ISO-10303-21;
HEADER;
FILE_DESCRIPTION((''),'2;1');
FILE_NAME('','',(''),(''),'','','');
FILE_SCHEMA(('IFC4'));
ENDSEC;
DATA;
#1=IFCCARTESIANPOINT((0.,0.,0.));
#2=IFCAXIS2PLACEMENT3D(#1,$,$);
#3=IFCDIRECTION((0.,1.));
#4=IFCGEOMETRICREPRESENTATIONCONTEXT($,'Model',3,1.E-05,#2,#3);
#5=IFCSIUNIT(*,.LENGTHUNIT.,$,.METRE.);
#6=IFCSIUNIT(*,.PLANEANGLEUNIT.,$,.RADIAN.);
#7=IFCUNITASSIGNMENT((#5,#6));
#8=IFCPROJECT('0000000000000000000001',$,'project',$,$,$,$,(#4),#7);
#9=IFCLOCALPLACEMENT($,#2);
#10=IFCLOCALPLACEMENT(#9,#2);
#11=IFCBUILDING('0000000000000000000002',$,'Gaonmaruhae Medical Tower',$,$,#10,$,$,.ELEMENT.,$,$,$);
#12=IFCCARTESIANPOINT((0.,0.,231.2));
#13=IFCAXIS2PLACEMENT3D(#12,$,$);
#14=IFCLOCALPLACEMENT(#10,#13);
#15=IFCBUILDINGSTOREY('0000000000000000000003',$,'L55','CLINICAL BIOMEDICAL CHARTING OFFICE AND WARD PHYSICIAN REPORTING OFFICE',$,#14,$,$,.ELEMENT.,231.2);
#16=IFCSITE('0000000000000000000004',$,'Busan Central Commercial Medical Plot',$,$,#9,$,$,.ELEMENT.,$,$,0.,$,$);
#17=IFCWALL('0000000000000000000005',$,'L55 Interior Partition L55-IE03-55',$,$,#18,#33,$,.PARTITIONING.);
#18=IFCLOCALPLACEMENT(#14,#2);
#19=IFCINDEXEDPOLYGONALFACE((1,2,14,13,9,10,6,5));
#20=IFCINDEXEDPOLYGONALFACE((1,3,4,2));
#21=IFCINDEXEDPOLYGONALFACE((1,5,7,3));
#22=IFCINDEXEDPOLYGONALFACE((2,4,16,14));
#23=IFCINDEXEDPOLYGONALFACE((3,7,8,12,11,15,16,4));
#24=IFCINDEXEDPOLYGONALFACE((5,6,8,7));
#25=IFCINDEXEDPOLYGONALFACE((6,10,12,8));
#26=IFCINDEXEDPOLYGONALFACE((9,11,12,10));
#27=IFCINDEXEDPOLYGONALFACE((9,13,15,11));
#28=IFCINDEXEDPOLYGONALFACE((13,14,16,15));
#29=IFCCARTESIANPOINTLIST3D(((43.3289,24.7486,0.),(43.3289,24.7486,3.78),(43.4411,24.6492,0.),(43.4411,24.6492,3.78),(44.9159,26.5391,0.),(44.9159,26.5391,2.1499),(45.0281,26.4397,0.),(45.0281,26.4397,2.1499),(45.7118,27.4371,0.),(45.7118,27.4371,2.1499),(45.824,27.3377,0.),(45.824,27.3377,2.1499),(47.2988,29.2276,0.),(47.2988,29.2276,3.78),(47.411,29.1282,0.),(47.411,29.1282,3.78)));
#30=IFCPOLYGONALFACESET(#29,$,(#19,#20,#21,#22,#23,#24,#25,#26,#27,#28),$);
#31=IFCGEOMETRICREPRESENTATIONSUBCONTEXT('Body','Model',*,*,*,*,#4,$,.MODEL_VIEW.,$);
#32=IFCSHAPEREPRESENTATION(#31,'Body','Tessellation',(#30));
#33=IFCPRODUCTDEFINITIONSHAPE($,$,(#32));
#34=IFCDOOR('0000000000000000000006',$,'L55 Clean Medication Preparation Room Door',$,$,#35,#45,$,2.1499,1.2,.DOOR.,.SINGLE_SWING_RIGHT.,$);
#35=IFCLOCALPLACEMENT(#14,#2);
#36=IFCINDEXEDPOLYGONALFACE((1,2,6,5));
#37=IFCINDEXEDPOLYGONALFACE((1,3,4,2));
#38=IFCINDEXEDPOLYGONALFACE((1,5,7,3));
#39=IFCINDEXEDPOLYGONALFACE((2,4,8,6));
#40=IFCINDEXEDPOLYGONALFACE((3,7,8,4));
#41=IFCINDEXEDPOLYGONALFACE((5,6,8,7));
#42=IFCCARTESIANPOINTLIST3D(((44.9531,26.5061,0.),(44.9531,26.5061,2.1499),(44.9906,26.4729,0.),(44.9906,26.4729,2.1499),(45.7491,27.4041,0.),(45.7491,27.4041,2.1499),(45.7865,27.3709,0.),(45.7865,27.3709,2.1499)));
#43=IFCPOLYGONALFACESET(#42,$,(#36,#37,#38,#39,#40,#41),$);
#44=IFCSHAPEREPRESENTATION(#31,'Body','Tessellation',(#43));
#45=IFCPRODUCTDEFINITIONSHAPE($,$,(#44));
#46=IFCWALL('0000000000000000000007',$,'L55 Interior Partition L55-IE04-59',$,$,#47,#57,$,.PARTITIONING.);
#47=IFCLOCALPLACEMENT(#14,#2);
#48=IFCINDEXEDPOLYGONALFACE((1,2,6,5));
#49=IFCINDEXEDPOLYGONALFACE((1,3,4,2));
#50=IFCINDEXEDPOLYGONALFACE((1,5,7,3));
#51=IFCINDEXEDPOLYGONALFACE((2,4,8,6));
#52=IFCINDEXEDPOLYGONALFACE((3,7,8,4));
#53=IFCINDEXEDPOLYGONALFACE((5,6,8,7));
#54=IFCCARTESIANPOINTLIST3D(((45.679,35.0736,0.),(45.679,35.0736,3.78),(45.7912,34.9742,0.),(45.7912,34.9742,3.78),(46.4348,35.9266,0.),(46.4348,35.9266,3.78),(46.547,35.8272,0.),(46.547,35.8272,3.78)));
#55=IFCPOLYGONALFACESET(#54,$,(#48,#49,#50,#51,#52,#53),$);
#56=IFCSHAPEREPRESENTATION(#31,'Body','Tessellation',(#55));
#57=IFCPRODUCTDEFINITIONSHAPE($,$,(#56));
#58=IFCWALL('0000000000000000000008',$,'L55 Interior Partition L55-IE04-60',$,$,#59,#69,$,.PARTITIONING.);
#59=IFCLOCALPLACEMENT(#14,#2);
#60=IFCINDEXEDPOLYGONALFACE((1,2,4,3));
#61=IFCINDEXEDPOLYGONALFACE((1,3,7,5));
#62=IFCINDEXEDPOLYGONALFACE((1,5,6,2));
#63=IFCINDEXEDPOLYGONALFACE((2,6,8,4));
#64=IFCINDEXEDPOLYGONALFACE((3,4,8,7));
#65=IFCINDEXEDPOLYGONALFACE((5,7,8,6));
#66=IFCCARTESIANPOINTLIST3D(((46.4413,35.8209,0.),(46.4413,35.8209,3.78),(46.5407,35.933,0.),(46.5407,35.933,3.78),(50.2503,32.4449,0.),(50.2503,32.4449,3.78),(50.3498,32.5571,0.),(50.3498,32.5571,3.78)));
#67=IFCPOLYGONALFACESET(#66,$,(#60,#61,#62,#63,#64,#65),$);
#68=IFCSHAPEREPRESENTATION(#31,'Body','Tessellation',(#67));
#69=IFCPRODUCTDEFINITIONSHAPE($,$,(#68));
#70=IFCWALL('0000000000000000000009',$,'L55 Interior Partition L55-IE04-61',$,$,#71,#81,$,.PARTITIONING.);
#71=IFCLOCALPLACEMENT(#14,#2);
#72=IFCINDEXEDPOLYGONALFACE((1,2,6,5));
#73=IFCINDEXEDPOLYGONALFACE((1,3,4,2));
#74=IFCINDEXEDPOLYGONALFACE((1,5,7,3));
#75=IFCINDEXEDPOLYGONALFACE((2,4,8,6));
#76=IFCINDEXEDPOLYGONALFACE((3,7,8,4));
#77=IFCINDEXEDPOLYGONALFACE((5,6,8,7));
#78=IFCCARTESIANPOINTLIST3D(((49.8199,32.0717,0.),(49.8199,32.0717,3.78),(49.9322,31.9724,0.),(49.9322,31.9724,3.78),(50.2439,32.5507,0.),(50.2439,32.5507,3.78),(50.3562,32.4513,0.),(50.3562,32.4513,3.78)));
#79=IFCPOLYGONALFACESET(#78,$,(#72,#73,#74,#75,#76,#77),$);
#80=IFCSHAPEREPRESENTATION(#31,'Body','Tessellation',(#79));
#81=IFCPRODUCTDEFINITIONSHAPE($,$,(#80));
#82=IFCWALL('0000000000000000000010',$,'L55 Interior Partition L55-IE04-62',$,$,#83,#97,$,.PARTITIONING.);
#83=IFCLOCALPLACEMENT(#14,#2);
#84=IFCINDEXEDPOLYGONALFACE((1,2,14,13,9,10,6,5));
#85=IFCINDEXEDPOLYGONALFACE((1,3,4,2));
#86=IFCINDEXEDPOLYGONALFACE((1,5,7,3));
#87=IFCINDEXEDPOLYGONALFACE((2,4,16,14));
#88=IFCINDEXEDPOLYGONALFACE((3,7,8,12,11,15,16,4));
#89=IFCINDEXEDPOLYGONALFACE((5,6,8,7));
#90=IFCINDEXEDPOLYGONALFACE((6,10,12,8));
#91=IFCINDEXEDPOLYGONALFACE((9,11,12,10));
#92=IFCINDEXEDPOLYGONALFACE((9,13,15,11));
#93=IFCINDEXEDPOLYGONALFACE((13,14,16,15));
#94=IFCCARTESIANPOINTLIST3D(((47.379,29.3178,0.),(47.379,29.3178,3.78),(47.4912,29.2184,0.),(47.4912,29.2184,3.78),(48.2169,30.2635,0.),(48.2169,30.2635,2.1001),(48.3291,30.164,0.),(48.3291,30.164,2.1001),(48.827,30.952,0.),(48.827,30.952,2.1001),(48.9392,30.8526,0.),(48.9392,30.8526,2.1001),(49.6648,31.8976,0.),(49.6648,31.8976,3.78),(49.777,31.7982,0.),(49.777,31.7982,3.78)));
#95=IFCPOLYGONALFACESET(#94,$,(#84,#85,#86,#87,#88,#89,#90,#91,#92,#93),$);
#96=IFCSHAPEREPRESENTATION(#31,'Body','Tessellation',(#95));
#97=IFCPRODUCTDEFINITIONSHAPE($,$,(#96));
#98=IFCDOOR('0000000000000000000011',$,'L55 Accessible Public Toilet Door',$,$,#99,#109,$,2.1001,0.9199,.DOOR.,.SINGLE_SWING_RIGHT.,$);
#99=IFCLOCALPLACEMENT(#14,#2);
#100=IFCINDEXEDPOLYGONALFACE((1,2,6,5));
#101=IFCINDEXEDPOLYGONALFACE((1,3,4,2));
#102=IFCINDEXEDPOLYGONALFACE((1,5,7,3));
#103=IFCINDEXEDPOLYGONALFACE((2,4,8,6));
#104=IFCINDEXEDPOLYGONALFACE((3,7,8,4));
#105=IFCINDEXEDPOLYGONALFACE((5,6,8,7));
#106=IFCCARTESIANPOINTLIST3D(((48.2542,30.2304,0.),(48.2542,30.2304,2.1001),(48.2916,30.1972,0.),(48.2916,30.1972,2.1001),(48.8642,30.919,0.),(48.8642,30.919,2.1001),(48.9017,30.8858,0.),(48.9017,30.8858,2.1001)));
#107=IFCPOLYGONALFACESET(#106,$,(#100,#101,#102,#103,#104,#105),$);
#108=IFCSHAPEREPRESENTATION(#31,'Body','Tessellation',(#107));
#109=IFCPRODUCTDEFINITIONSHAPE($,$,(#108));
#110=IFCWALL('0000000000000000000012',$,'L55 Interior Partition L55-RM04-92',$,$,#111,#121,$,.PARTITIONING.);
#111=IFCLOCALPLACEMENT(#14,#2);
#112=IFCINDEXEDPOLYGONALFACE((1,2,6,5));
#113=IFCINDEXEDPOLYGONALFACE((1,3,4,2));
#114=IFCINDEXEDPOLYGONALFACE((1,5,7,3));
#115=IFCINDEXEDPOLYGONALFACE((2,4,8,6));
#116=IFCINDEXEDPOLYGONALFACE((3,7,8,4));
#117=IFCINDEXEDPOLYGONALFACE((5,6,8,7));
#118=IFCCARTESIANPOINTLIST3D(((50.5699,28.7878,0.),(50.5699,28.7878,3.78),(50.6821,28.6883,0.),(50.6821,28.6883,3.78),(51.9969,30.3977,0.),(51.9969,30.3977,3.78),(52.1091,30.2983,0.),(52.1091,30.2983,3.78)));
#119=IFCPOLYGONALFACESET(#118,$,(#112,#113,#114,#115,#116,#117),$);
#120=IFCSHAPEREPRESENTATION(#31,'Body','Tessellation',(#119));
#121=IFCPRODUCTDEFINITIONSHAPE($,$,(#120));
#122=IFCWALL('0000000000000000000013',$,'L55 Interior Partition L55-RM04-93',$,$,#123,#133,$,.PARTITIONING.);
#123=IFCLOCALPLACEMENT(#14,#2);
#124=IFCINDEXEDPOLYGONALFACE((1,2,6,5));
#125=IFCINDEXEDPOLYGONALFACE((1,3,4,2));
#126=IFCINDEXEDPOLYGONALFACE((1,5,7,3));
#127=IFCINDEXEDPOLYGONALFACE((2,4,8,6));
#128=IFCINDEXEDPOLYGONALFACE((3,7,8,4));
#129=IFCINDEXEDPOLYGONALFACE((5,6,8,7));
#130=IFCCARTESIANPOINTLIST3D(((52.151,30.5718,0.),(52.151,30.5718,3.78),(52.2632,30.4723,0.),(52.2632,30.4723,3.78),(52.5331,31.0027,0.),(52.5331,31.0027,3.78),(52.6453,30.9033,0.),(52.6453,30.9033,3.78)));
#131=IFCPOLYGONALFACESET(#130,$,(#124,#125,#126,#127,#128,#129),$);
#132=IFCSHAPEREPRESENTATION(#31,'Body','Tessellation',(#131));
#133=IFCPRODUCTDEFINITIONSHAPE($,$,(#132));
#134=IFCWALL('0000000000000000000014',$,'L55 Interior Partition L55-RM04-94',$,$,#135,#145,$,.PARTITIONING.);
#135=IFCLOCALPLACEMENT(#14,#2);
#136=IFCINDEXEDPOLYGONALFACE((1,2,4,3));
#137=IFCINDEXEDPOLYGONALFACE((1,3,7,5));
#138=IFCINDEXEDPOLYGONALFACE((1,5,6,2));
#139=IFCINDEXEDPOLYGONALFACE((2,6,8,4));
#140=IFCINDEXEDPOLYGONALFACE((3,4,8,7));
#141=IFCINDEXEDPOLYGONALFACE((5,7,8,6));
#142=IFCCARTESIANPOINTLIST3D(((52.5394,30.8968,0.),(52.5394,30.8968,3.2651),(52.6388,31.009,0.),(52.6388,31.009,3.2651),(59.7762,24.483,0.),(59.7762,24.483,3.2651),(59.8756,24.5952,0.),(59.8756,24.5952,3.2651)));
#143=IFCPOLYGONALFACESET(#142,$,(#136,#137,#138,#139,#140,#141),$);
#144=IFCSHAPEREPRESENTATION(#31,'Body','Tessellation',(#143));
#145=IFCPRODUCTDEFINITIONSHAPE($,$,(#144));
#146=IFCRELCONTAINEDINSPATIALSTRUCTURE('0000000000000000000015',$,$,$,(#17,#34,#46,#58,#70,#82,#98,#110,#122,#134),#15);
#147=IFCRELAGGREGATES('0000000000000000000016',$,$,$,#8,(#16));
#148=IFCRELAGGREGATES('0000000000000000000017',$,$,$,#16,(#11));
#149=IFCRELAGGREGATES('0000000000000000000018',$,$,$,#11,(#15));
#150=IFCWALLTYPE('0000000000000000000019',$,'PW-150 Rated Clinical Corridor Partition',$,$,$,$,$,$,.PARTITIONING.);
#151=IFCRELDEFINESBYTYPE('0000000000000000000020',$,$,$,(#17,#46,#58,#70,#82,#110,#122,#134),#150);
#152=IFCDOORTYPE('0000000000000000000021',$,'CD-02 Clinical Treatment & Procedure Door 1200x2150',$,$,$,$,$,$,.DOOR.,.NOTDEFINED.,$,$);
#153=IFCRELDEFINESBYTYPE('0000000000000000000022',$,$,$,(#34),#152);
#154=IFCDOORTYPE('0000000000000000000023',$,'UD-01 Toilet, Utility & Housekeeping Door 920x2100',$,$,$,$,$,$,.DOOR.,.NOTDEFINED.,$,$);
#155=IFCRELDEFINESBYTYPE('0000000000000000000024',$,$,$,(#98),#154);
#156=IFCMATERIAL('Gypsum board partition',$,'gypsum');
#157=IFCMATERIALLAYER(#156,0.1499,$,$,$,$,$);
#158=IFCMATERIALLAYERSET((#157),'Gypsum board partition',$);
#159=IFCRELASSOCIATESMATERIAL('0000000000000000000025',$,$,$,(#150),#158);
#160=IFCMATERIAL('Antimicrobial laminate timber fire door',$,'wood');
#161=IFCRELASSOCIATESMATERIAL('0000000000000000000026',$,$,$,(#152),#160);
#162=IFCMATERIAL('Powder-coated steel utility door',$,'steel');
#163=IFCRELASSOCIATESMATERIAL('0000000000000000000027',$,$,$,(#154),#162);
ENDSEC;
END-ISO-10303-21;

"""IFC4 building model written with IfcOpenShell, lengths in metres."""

from ifc_helpers import new_model, si_unit, direction, frame, frame_2d, origin, place, context, subcontext, project, spatial, rectangle, extrude, material, layer, layer_set, type_object, element, fill, save


model = new_model("IFC4")

# Units and contexts
model_context = context("Model", 3, precision=1e-05, world=origin(), true_north=direction((0.0, 1.0)))
body_context = subcontext(model_context, "Body", "Model", "MODEL_VIEW")
ifc_project = project(units=[si_unit("LENGTHUNIT", "METRE"), si_unit("PLANEANGLEUNIT", "RADIAN")], contexts=[model_context])

# Site, building, storey
site_placement = place(None, origin())
site = spatial("IfcSite", under=ifc_project, at=site_placement, Name="Busan Central Commercial Medical Plot", CompositionType="ELEMENT", RefElevation=0.0)
building_placement = place(site_placement, origin())
building = spatial("IfcBuilding", under=site, at=building_placement, Name="Gaonmaruhae Medical Tower", CompositionType="ELEMENT")
storey_placement = place(building_placement, frame((0.0, 0.0, 231.2)))
storey = spatial("IfcBuildingStorey", under=building, at=storey_placement, Name="L55", Description="CLINICAL BIOMEDICAL CHARTING OFFICE AND WARD PHYSICIAN REPORTING OFFICE", CompositionType="ELEMENT", Elevation=231.2)

# Wall, opening, door
ifc_material_1 = material(Name="Gypsum board partition", Category="gypsum")
ifc_layer_1 = layer(ifc_material_1, 0.1499)
ifc_layer_set_1 = layer_set([ifc_layer_1], Name="Gypsum board partition")
wall_type_1 = type_object("IfcWallType", Name="PW-150 Rated Clinical Corridor Partition", PredefinedType="PARTITIONING", material=ifc_layer_set_1)
wall_1_placement = place(storey_placement, frame((47.355, 29.178, 0.0), z_axis=(0.0, 0.0, 1.0), x_axis=(-0.663302, -0.748352, 0.0)))
wall_1 = element("IfcWall", 1, at=wall_1_placement, inside=storey, type_object=wall_type_1, Name="L55 Interior Partition L55-IE03-55", PredefinedType="PARTITIONING", context=body_context, shape_type="SweptSolid", body=[
    extrude(rectangle(XDim=5.9851, YDim=0.1499, at=frame_2d((2.9927, 0.0))), origin(), (0.0, 0.0, 1.0), 3.78),
])
opening_1_placement = place(wall_1_placement, frame((2.3926, 0.0, 0.0)))
opening_1 = element("IfcOpeningElement", 2, at=opening_1_placement, cuts=wall_1, PredefinedType="OPENING", context=body_context, shape_type="SweptSolid", body=[
    extrude(rectangle(XDim=1.2, YDim=2.1499, at=frame_2d((0.6001, 1.075))), frame((0.0, 0.085, 0.0), z_axis=(0.0, -1.0, 0.0), x_axis=(1.0, 0.0, 0.0)), (0.0, 0.0, 1.0), 0.1699),
])
ifc_material_2 = material(Name="Antimicrobial laminate timber fire door", Category="wood")
door_type_1 = type_object("IfcDoorType", Name="CD-02 Clinical Treatment & Procedure Door 1200x2150", OperationType="NOTDEFINED", PredefinedType="DOOR", material=ifc_material_2)
door_1_placement = place(opening_1_placement, origin())
door_1 = element("IfcDoor", 3, at=door_1_placement, inside=storey, type_object=door_type_1, Name="L55 Clean Medication Preparation Room Door", OperationType="SINGLE_SWING_RIGHT", OverallHeight=2.1499, OverallWidth=1.2, PredefinedType="DOOR", context=body_context, shape_type="SweptSolid", body=[
    extrude(rectangle(XDim=1.2, YDim=2.1499, at=frame_2d((0.6001, 1.075))), frame((0.0, 0.0249, 0.0), z_axis=(0.0, -1.0, 0.0), x_axis=(1.0, 0.0, 0.0)), (0.0, 0.0, 1.0), 0.05),
])
fill(opening_1, door_1)

# Walls
wall_2_placement = place(storey_placement, frame((45.7351, 35.0239, 0.0), z_axis=(0.0, 0.0, 1.0), x_axis=(0.663193, 0.748448, 0.0)))
element("IfcWall", 4, at=wall_2_placement, inside=storey, type_object=wall_type_1, Name="L55 Interior Partition L55-IE04-59", PredefinedType="PARTITIONING", context=body_context, shape_type="SweptSolid", body=[
    extrude(rectangle(XDim=1.1396, YDim=0.1499, at=frame_2d((0.5698, 0.0))), origin(), (0.0, 0.0, 1.0), 3.78),
])
wall_3_placement = place(storey_placement, frame((46.491, 35.877, 0.0), z_axis=(0.0, 0.0, 1.0), x_axis=(0.748372, -0.663279, 0.0)))
element("IfcWall", 5, at=wall_3_placement, inside=storey, type_object=wall_type_1, Name="L55 Interior Partition L55-IE04-60", PredefinedType="PARTITIONING", context=body_context, shape_type="SweptSolid", body=[
    extrude(rectangle(XDim=5.0898, YDim=0.1499, at=frame_2d((2.5449, 0.0))), origin(), (0.0, 0.0, 1.0), 3.78),
])
wall_4_placement = place(storey_placement, frame((50.3, 32.501, 0.0), z_axis=(0.0, 0.0, 1.0), x_axis=(-0.66287, -0.748734, 0.0)))
element("IfcWall", 6, at=wall_4_placement, inside=storey, type_object=wall_type_1, Name="L55 Interior Partition L55-IE04-61", PredefinedType="PARTITIONING", context=body_context, shape_type="SweptSolid", body=[
    extrude(rectangle(XDim=0.6396, YDim=0.1499, at=frame_2d((0.3198, 0.0))), origin(), (0.0, 0.0, 1.0), 3.78),
])

# Wall, opening, door
wall_5_placement = place(storey_placement, frame((49.7209, 31.8479, 0.0), z_axis=(0.0, 0.0, 1.0), x_axis=(-0.66318, -0.74846, 0.0)))
wall_5 = element("IfcWall", 7, at=wall_5_placement, inside=storey, type_object=wall_type_1, Name="L55 Interior Partition L55-IE04-62", PredefinedType="PARTITIONING", context=body_context, shape_type="SweptSolid", body=[
    extrude(rectangle(XDim=3.4468, YDim=0.1499, at=frame_2d((1.7234, 0.0))), origin(), (0.0, 0.0, 1.0), 3.78),
])
opening_2_placement = place(wall_5_placement, frame((1.2634, 0.0, 0.0)))
opening_2 = element("IfcOpeningElement", 8, at=opening_2_placement, cuts=wall_5, PredefinedType="OPENING", context=body_context, shape_type="SweptSolid", body=[
    extrude(rectangle(XDim=0.9199, YDim=2.1001, at=frame_2d((0.46, 1.05))), frame((0.0, 0.085, 0.0), z_axis=(0.0, -1.0, 0.0), x_axis=(1.0, 0.0, 0.0)), (0.0, 0.0, 1.0), 0.1699),
])
ifc_material_3 = material(Name="Powder-coated steel utility door", Category="steel")
door_type_2 = type_object("IfcDoorType", Name="UD-01 Toilet, Utility & Housekeeping Door 920x2100", OperationType="NOTDEFINED", PredefinedType="DOOR", material=ifc_material_3)
door_2_placement = place(opening_2_placement, origin())
door_2 = element("IfcDoor", 9, at=door_2_placement, inside=storey, type_object=door_type_2, Name="L55 Accessible Public Toilet Door", OperationType="SINGLE_SWING_RIGHT", OverallHeight=2.1001, OverallWidth=0.9199, PredefinedType="DOOR", context=body_context, shape_type="SweptSolid", body=[
    extrude(rectangle(XDim=0.9199, YDim=2.1001, at=frame_2d((0.46, 1.05))), frame((0.0, 0.0249, 0.0), z_axis=(0.0, -1.0, 0.0), x_axis=(1.0, 0.0, 0.0)), (0.0, 0.0, 1.0), 0.05),
])
fill(opening_2, door_2)

# Walls
wall_6_placement = place(storey_placement, frame((50.626, 28.738, 0.0), z_axis=(0.0, 0.0, 1.0), x_axis=(0.663328, 0.748329, 0.0)))
element("IfcWall", 10, at=wall_6_placement, inside=storey, type_object=wall_type_1, Name="L55 Interior Partition L55-RM04-92", PredefinedType="PARTITIONING", context=body_context, shape_type="SweptSolid", body=[
    extrude(rectangle(XDim=2.1514, YDim=0.1499, at=frame_2d((1.0757, 0.0))), origin(), (0.0, 0.0, 1.0), 3.78),
])
wall_7_placement = place(storey_placement, frame((52.207, 30.522, 0.0), z_axis=(0.0, 0.0, 1.0), x_axis=(0.663442, 0.748227, 0.0)))
element("IfcWall", 11, at=wall_7_placement, inside=storey, type_object=wall_type_1, Name="L55 Interior Partition L55-RM04-93", PredefinedType="PARTITIONING", context=body_context, shape_type="SweptSolid", body=[
    extrude(rectangle(XDim=0.5759, YDim=0.1499, at=frame_2d((0.2881, 0.0))), origin(), (0.0, 0.0, 1.0), 3.78),
])
wall_8_placement = place(storey_placement, frame((52.5891, 30.9529, 0.0), z_axis=(0.0, 0.0, 1.0), x_axis=(0.748379, -0.663271, 0.0)))
element("IfcWall", 12, at=wall_8_placement, inside=storey, type_object=wall_type_1, Name="L55 Interior Partition L55-RM04-94", PredefinedType="PARTITIONING", context=body_context, shape_type="SweptSolid", body=[
    extrude(rectangle(XDim=9.6699, YDim=0.1499, at=frame_2d((4.835, 0.0))), origin(), (0.0, 0.0, 1.0), 3.2651),
])

save(model, "model.ifc")
